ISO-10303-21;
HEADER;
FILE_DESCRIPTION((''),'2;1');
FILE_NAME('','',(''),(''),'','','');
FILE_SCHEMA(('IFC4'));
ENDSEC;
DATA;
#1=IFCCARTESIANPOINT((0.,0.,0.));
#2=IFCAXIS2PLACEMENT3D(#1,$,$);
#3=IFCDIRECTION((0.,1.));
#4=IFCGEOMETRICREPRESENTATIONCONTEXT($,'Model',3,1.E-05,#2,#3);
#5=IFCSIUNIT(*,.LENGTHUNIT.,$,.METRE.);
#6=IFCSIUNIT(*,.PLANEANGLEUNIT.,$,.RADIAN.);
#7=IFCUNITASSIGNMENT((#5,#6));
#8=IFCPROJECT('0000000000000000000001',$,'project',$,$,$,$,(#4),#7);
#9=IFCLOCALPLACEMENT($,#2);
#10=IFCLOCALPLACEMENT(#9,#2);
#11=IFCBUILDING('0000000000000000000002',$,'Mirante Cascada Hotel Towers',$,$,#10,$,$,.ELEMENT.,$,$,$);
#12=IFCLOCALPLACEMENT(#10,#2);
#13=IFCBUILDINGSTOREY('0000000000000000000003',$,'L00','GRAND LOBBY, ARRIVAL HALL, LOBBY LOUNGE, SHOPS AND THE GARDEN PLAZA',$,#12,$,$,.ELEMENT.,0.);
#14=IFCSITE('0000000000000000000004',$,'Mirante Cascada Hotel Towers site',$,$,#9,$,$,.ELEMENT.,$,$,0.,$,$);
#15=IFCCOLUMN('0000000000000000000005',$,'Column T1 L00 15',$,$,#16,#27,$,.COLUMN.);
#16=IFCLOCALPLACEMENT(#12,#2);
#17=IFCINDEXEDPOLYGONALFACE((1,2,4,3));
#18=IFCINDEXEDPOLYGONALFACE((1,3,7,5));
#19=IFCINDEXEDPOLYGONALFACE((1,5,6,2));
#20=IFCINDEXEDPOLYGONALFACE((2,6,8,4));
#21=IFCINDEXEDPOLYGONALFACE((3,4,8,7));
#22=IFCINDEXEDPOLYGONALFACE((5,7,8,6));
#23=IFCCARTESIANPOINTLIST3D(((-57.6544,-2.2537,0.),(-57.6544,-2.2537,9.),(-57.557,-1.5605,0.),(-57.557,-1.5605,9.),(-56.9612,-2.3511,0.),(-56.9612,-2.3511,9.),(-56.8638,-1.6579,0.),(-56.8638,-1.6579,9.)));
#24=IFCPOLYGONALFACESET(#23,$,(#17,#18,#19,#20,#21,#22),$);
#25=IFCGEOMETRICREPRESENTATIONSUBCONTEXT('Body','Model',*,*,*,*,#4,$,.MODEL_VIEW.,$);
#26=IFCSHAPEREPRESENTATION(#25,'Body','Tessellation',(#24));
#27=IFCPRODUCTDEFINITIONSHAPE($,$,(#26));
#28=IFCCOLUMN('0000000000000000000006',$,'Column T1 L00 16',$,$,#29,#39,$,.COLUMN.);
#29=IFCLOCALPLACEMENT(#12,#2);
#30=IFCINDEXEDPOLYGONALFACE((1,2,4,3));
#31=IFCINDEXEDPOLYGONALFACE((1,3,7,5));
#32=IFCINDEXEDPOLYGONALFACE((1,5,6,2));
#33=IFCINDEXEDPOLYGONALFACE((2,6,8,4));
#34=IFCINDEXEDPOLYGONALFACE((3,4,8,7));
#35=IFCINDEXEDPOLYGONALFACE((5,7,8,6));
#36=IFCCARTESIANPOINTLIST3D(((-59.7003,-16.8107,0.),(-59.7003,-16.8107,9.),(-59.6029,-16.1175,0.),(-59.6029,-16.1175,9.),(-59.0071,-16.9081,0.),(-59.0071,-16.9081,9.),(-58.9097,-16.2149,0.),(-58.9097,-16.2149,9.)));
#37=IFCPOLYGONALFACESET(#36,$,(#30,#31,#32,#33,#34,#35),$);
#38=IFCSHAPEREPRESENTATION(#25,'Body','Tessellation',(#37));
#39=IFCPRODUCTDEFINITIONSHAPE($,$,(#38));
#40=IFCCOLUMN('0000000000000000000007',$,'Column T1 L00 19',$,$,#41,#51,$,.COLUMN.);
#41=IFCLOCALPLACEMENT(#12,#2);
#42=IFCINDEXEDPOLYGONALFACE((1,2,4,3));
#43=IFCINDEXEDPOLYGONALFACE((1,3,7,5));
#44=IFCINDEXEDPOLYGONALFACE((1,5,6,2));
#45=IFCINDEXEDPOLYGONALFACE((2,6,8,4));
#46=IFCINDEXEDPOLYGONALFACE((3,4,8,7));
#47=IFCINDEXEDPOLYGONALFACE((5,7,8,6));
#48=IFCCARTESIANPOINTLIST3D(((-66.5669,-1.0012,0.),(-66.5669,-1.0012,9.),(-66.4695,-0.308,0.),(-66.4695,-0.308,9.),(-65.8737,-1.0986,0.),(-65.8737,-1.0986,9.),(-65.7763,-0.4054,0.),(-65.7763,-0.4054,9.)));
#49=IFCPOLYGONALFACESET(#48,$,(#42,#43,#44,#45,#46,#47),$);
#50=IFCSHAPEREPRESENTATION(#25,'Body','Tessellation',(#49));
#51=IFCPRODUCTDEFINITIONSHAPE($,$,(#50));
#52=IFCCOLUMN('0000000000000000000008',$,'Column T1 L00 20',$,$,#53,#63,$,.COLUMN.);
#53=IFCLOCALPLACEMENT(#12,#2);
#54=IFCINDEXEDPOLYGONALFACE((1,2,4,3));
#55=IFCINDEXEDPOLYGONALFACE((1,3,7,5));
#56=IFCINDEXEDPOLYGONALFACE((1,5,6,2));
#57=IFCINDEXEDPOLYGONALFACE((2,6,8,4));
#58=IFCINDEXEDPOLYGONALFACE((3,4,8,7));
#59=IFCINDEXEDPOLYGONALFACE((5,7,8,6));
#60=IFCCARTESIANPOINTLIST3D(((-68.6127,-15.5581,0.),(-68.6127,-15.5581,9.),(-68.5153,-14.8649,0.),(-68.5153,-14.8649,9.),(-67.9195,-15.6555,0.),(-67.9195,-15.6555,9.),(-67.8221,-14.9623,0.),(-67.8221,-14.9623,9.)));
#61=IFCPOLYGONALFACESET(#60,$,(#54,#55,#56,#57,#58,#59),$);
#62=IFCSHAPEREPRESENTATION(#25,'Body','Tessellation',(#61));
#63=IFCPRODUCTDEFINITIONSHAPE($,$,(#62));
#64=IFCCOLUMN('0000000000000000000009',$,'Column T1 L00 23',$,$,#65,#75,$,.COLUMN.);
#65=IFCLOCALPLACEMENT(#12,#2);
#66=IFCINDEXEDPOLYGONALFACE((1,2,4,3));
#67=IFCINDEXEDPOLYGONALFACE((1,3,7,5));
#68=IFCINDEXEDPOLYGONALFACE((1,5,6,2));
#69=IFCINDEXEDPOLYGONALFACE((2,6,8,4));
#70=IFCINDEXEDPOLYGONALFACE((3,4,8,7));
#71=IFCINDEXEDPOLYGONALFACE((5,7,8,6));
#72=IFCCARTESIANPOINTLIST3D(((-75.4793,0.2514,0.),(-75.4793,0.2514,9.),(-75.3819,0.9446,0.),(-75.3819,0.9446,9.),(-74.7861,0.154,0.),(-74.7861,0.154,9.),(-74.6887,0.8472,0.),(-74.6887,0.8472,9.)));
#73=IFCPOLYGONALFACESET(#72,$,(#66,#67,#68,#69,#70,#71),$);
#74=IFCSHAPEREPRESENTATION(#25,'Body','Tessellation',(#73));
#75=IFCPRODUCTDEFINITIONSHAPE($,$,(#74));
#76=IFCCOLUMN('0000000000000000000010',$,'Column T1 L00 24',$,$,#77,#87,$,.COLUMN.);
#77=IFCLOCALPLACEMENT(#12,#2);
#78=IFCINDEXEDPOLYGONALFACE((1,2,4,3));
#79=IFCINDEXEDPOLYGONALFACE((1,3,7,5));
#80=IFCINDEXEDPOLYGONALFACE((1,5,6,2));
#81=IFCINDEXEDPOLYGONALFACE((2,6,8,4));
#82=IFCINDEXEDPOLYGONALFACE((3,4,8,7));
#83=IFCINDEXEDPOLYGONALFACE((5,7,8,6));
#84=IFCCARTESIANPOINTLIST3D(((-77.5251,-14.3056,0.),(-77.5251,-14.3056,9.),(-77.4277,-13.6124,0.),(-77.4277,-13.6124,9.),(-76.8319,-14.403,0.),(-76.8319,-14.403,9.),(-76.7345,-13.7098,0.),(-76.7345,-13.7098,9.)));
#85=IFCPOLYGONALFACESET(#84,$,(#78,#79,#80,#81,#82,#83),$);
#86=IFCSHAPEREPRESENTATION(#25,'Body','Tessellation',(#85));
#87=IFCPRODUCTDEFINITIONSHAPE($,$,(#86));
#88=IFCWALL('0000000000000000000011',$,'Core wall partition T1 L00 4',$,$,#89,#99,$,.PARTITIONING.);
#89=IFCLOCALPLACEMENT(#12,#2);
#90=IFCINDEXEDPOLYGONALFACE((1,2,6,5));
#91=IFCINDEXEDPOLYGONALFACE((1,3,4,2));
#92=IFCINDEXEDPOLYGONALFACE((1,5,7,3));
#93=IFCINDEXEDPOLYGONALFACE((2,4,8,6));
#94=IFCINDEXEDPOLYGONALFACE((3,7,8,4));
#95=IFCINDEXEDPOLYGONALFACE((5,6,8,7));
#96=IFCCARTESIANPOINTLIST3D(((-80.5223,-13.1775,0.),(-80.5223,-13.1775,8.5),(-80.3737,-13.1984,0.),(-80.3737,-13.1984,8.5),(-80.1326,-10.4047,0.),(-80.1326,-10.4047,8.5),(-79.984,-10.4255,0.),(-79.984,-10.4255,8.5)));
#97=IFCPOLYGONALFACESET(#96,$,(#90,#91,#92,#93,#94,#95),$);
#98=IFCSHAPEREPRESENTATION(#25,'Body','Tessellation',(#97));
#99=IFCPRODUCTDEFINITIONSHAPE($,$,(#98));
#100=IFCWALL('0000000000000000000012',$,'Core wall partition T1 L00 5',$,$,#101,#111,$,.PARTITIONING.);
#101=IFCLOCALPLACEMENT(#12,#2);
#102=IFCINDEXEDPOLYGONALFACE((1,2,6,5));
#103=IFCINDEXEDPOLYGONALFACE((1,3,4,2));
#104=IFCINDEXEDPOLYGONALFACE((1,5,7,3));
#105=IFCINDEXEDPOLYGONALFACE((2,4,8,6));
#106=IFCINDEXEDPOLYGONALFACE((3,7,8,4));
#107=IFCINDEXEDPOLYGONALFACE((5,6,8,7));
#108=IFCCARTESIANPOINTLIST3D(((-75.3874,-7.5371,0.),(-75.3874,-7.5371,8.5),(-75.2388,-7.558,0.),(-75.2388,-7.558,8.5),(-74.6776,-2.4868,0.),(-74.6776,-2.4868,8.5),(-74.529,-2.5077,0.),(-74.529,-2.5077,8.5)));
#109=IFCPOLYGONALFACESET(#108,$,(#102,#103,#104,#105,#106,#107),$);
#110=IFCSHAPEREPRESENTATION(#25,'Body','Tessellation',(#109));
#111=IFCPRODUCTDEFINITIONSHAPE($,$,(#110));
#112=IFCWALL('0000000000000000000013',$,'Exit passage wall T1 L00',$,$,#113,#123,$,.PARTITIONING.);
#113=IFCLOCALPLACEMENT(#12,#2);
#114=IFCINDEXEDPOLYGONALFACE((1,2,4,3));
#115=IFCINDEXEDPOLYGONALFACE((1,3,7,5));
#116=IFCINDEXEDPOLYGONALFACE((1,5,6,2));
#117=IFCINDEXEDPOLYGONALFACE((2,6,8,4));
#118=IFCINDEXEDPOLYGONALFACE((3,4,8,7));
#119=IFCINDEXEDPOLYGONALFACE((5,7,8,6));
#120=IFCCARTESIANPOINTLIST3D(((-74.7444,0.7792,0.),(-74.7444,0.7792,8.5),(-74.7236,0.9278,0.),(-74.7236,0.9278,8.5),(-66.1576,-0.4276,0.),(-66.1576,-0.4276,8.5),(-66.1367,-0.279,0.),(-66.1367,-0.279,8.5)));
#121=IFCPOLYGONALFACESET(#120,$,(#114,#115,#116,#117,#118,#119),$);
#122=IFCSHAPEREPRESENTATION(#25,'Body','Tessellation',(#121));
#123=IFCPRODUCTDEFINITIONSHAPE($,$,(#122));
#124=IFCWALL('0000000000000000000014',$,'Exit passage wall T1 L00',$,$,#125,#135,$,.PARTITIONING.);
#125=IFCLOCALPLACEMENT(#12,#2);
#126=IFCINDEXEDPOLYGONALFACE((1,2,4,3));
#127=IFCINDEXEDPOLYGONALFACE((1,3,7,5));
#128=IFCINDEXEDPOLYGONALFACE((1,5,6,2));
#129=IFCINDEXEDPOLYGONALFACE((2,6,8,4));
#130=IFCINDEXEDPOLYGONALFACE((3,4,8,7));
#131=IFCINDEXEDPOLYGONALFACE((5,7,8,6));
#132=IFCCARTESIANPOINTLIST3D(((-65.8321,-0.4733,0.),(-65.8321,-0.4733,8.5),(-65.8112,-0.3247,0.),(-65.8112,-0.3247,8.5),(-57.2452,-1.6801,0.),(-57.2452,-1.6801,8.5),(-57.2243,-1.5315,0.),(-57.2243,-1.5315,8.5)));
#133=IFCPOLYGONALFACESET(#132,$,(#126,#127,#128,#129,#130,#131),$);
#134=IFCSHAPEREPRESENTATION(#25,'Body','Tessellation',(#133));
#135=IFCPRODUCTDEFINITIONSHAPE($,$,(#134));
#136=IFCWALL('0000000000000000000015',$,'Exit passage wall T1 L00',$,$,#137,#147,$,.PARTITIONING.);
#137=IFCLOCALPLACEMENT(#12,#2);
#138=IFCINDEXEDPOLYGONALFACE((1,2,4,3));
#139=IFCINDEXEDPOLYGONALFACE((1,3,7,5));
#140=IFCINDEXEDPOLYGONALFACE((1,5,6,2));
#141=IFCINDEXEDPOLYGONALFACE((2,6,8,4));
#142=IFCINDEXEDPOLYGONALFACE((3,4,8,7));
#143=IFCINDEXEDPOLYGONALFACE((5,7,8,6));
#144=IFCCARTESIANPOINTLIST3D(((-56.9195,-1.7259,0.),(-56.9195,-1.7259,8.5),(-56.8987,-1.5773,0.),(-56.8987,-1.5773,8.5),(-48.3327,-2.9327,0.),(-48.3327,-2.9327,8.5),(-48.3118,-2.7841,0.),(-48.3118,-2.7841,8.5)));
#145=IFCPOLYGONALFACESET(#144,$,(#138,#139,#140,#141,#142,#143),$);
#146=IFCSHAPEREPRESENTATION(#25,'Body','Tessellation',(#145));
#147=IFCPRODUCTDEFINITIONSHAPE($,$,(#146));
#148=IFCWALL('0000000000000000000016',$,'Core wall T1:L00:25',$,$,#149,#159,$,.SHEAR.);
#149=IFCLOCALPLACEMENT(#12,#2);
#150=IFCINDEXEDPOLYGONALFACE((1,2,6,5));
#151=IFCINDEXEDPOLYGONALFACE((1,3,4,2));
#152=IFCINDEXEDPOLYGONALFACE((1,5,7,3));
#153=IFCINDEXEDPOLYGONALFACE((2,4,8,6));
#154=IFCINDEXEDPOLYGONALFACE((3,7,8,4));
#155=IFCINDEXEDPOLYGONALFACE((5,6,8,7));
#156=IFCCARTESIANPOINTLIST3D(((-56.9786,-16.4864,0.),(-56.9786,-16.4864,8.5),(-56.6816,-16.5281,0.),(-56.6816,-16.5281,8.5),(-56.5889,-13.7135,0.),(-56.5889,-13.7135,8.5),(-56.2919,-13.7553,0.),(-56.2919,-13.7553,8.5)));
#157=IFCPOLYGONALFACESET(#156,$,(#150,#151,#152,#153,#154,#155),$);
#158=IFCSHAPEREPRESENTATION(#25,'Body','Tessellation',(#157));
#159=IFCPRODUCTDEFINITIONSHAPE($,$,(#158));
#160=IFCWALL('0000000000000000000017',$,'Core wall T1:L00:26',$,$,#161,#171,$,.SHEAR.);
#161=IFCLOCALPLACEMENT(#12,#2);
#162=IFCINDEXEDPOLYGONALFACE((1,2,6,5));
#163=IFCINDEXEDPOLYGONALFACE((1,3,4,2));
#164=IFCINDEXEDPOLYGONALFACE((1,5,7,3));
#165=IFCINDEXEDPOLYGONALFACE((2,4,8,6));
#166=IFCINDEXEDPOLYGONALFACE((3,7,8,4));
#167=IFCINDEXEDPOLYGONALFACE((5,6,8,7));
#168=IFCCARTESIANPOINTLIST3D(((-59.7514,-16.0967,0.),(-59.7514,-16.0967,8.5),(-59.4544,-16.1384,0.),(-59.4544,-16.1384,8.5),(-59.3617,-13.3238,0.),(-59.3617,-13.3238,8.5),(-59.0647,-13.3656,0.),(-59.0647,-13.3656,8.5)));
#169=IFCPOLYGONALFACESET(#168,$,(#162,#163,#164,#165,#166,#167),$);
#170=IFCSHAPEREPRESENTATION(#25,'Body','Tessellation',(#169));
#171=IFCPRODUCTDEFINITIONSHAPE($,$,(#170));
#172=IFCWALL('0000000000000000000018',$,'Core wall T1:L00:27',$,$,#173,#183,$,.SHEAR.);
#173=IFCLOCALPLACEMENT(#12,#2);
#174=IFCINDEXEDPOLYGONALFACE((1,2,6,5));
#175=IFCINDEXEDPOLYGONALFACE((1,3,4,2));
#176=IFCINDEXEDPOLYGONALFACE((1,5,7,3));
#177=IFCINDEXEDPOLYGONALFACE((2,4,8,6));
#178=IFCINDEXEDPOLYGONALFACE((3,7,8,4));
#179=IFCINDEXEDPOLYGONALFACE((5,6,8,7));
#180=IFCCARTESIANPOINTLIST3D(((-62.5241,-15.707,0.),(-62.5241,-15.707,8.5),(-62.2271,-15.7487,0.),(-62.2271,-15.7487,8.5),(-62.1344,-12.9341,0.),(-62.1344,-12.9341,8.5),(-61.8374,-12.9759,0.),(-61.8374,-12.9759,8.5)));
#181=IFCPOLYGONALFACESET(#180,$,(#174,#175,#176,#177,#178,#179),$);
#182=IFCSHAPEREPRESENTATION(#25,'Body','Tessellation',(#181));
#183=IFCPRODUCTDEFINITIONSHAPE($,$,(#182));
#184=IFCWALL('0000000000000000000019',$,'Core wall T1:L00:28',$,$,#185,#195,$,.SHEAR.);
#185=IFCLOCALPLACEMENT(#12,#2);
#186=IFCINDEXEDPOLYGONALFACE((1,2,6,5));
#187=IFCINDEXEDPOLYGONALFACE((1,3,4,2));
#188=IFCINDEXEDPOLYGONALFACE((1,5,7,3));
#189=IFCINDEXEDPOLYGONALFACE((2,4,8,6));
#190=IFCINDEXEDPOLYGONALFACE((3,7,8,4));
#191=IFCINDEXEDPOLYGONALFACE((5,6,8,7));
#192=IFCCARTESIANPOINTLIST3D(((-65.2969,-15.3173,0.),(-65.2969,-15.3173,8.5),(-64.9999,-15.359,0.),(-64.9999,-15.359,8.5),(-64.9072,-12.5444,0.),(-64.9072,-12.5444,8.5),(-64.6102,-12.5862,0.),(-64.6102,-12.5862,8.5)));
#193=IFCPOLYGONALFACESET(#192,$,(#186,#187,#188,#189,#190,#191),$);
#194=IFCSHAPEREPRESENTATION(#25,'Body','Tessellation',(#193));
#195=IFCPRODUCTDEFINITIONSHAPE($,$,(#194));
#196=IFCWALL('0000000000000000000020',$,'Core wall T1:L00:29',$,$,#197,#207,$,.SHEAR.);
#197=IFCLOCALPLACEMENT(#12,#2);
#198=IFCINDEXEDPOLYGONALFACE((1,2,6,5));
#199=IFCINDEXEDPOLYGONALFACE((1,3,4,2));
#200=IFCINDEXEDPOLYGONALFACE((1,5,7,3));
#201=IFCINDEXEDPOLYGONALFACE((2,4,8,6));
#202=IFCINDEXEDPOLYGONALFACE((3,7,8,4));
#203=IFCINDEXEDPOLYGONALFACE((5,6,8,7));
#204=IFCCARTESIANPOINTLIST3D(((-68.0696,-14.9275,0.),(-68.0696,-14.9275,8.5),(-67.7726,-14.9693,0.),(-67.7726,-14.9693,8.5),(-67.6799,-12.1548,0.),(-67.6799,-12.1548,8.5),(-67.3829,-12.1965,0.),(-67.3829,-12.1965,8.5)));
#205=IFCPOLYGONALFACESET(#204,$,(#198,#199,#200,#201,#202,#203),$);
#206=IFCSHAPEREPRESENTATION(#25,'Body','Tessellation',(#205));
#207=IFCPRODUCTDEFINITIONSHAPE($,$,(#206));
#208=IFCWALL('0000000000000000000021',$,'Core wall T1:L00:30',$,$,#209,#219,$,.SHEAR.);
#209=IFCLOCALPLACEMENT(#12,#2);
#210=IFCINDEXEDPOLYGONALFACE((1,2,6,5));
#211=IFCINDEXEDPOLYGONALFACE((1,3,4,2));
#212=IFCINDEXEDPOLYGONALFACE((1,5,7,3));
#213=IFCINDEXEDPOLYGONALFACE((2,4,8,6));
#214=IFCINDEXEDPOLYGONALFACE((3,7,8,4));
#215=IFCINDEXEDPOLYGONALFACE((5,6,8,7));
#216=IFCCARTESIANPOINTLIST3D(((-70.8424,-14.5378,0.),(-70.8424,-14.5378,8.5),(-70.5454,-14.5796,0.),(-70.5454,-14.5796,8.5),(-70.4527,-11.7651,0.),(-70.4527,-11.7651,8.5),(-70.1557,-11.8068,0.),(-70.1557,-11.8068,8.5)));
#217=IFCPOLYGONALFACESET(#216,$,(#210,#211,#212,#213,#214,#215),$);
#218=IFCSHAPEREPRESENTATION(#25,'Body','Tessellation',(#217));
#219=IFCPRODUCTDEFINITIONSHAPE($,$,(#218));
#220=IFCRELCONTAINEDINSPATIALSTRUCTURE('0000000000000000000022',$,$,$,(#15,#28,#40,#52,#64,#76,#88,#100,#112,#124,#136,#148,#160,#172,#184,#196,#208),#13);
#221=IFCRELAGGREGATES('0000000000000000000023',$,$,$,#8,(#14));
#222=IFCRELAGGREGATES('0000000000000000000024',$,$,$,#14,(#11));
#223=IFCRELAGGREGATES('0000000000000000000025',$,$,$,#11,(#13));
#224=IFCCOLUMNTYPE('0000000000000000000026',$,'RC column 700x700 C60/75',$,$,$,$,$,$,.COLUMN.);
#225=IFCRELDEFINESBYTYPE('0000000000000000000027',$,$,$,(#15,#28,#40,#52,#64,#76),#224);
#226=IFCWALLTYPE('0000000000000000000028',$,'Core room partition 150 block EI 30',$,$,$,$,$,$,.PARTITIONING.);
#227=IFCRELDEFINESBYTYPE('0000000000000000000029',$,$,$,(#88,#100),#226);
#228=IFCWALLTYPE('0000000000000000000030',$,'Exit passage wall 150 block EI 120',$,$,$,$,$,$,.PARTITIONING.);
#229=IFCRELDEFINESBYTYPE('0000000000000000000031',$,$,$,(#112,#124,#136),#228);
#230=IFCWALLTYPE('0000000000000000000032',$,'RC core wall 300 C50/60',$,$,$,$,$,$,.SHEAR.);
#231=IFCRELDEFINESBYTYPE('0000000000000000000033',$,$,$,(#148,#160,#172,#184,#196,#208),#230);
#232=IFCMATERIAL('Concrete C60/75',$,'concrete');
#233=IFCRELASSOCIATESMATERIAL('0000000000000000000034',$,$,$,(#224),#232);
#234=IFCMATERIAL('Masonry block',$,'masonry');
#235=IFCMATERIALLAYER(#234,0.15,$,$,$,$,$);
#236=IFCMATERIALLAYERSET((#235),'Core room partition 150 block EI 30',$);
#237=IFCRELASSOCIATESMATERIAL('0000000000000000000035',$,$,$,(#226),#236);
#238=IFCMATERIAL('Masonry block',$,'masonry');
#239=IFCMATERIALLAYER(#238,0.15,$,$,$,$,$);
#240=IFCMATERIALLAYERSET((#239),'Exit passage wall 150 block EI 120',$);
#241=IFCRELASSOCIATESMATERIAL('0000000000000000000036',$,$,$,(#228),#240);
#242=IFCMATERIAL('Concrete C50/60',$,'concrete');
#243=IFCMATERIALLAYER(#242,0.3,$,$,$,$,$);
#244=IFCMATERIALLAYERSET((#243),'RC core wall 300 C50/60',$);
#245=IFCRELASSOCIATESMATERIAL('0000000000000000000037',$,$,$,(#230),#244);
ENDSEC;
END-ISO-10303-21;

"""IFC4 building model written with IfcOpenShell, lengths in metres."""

from ifc_helpers import new_model, si_unit, direction, frame, frame_2d, origin, origin_2d, place, context, subcontext, project, spatial, rectangle, extrude, material, layer, layer_set, material_profile, profile_set, type_object, element, save


model = new_model("IFC4")

# Units and contexts
model_context = context("Model", 3, precision=1e-05, world=origin(), true_north=direction((0.0, 1.0)))
body_context = subcontext(model_context, "Body", "Model", "MODEL_VIEW")
ifc_project = project(units=[si_unit("LENGTHUNIT", "METRE"), si_unit("PLANEANGLEUNIT", "RADIAN")], contexts=[model_context])

# Site, building, storey
site_placement = place(None, origin())
site = spatial("IfcSite", under=ifc_project, at=site_placement, Name="Mirante Cascada Hotel Towers site", CompositionType="ELEMENT", RefElevation=0.0)
building_placement = place(site_placement, origin())
building = spatial("IfcBuilding", under=site, at=building_placement, Name="Mirante Cascada Hotel Towers", CompositionType="ELEMENT")
storey_placement = place(building_placement, origin())
storey = spatial("IfcBuildingStorey", under=building, at=storey_placement, Name="L00", Description="GRAND LOBBY, ARRIVAL HALL, LOBBY LOUNGE, SHOPS AND THE GARDEN PLAZA", CompositionType="ELEMENT", Elevation=0.0)

# Columns
ifc_material_1 = material(Name="Concrete C60/75", Category="concrete")
ifc_material_profile = material_profile(ifc_material_1, rectangle(XDim=0.7, YDim=0.7, at=origin_2d()), Name="RC column 700x700 C60/75")
ifc_profile_set = profile_set([ifc_material_profile], Name="Concrete C60/75")
column_type = type_object("IfcColumnType", Name="RC column 700x700 C60/75", PredefinedType="COLUMN", material=ifc_profile_set)
for number, where, z_axis, x_axis, name in (
    (1, (-57.2591, -1.9558, 0.0), (0.0, 0.0, 1.0), (-0.990268, 0.139173, 0.0), "Column T1 L00 15"),
    (2, (-59.305, -16.5128, 0.0), (0.0, 0.0, 1.0), (-0.990268, 0.139173, 0.0), "Column T1 L00 16"),
    (3, (-66.1716, -0.7033, 0.0), (0.0, 0.0, 1.0), (-0.990268, 0.139173, 0.0), "Column T1 L00 19"),
    (4, (-68.2174, -15.2602, 0.0), (0.0, 0.0, 1.0), (-0.990268, 0.139173, 0.0), "Column T1 L00 20"),
    (5, (-75.084, 0.5493, 0.0), (0.0, 0.0, 1.0), (-0.990268, 0.139173, 0.0), "Column T1 L00 23"),
    (6, (-77.1298, -14.0077, 0.0), (0.0, 0.0, 1.0), (-0.990268, 0.139173, 0.0), "Column T1 L00 24"),
):
    element("IfcColumn", number, at=place(storey_placement, frame(where, z_axis=z_axis, x_axis=x_axis)), inside=storey, type_object=column_type, Name=name, PredefinedType="COLUMN", context=body_context, shape_type="SweptSolid", body=[
        extrude(rectangle(XDim=0.7, YDim=0.7, at=origin_2d()), origin(), (0.0, 0.0, 1.0), 9.0),
    ])

# Walls
ifc_material_2 = material(Name="Masonry block", Category="masonry")
ifc_layer_1 = layer(ifc_material_2, 0.15)
ifc_layer_set_1 = layer_set([ifc_layer_1], Name="Core room partition 150 block EI 30")
wall_type_1 = type_object("IfcWallType", Name="Core room partition 150 block EI 30", PredefinedType="PARTITIONING", material=ifc_layer_set_1)
wall_1_placement = place(storey_placement, frame((-80.448, -13.1879, 0.0), z_axis=(0.0, 0.0, 1.0), x_axis=(0.139176, 0.990268, 0.0)))
element("IfcWall", 7, at=wall_1_placement, inside=storey, type_object=wall_type_1, Name="Core wall partition T1 L00 4", PredefinedType="PARTITIONING", context=body_context, shape_type="SweptSolid", body=[
    extrude(rectangle(XDim=2.8001, YDim=0.15, at=frame_2d((1.4, 0.0))), origin(), (0.0, 0.0, 1.0), 8.5),
])
wall_2_placement = place(storey_placement, frame((-75.3131, -7.5476, 0.0), z_axis=(0.0, 0.0, 1.0), x_axis=(0.139178, 0.990267, 0.0)))
element("IfcWall", 8, at=wall_2_placement, inside=storey, type_object=wall_type_1, Name="Core wall partition T1 L00 5", PredefinedType="PARTITIONING", context=body_context, shape_type="SweptSolid", body=[
    extrude(rectangle(XDim=5.0999, YDim=0.15, at=frame_2d((2.55, 0.0))), origin(), (0.0, 0.0, 1.0), 8.5),
])
ifc_material_3 = material(Name="Masonry block", Category="masonry")
ifc_layer_2 = layer(ifc_material_3, 0.15)
ifc_layer_set_2 = layer_set([ifc_layer_2], Name="Exit passage wall 150 block EI 120")
wall_type_2 = type_object("IfcWallType", Name="Exit passage wall 150 block EI 120", PredefinedType="PARTITIONING", material=ifc_layer_set_2)
wall_3_placement = place(storey_placement, frame((-74.734, 0.8535, 0.0), z_axis=(0.0, 0.0, 1.0), x_axis=(0.990268, -0.139174, 0.0)))
element("IfcWall", 9, at=wall_3_placement, inside=storey, type_object=wall_type_2, Name="Exit passage wall T1 L00", PredefinedType="PARTITIONING", context=body_context, shape_type="SweptSolid", body=[
    extrude(rectangle(XDim=8.6712, YDim=0.15, at=frame_2d((4.3356, 0.0))), origin(), (0.0, 0.0, 1.0), 8.5),
])
wall_4_placement = place(storey_placement, frame((-65.8216, -0.399, 0.0), z_axis=(0.0, 0.0, 1.0), x_axis=(0.990268, -0.139172, 0.0)))
element("IfcWall", 10, at=wall_4_placement, inside=storey, type_object=wall_type_2, Name="Exit passage wall T1 L00", PredefinedType="PARTITIONING", context=body_context, shape_type="SweptSolid", body=[
    extrude(rectangle(XDim=8.6713, YDim=0.15, at=frame_2d((4.3356, 0.0))), origin(), (0.0, 0.0, 1.0), 8.5),
])
wall_5_placement = place(storey_placement, frame((-56.9091, -1.6516, 0.0), z_axis=(0.0, 0.0, 1.0), x_axis=(0.990268, -0.139174, 0.0)))
element("IfcWall", 11, at=wall_5_placement, inside=storey, type_object=wall_type_2, Name="Exit passage wall T1 L00", PredefinedType="PARTITIONING", context=body_context, shape_type="SweptSolid", body=[
    extrude(rectangle(XDim=8.6712, YDim=0.15, at=frame_2d((4.3356, 0.0))), origin(), (0.0, 0.0, 1.0), 8.5),
])
ifc_material_4 = material(Name="Concrete C50/60", Category="concrete")
ifc_layer_3 = layer(ifc_material_4, 0.3)
ifc_layer_set_3 = layer_set([ifc_layer_3], Name="RC core wall 300 C50/60")
wall_type_3 = type_object("IfcWallType", Name="RC core wall 300 C50/60", PredefinedType="SHEAR", material=ifc_layer_set_3)
for number, where, z_axis, x_axis, name in (
    (12, (-56.8301, -16.5072, 0.0), (0.0, 0.0, 1.0), (0.139176, 0.990268, 0.0), "Core wall T1:L00:25"),
    (13, (-59.6029, -16.1175, 0.0), (0.0, 0.0, 1.0), (0.139176, 0.990268, 0.0), "Core wall T1:L00:26"),
    (14, (-62.3756, -15.7278, 0.0), (0.0, 0.0, 1.0), (0.139176, 0.990268, 0.0), "Core wall T1:L00:27"),
    (15, (-65.1484, -15.3381, 0.0), (0.0, 0.0, 1.0), (0.139176, 0.990268, 0.0), "Core wall T1:L00:28"),
):
    element("IfcWall", number, at=place(storey_placement, frame(where, z_axis=z_axis, x_axis=x_axis)), inside=storey, type_object=wall_type_3, Name=name, PredefinedType="SHEAR", context=body_context, shape_type="SweptSolid", body=[
        extrude(rectangle(XDim=2.8001, YDim=0.3, at=frame_2d((1.4, 0.0))), origin(), (0.0, 0.0, 1.0), 8.5),
    ])
for number, where, z_axis, x_axis, name in (
    (16, (-67.9211, -14.9484, 0.0), (0.0, 0.0, 1.0), (0.139181, 0.990267, 0.0), "Core wall T1:L00:29"),
    (17, (-70.6939, -14.5587, 0.0), (0.0, 0.0, 1.0), (0.139181, 0.990267, 0.0), "Core wall T1:L00:30"),
):
    element("IfcWall", number, at=place(storey_placement, frame(where, z_axis=z_axis, x_axis=x_axis)), inside=storey, type_object=wall_type_3, Name=name, PredefinedType="SHEAR", context=body_context, shape_type="SweptSolid", body=[
        extrude(rectangle(XDim=2.8, YDim=0.3, at=frame_2d((1.4, 0.0))), origin(), (0.0, 0.0, 1.0), 8.5),
    ])

save(model, "model.ifc")
